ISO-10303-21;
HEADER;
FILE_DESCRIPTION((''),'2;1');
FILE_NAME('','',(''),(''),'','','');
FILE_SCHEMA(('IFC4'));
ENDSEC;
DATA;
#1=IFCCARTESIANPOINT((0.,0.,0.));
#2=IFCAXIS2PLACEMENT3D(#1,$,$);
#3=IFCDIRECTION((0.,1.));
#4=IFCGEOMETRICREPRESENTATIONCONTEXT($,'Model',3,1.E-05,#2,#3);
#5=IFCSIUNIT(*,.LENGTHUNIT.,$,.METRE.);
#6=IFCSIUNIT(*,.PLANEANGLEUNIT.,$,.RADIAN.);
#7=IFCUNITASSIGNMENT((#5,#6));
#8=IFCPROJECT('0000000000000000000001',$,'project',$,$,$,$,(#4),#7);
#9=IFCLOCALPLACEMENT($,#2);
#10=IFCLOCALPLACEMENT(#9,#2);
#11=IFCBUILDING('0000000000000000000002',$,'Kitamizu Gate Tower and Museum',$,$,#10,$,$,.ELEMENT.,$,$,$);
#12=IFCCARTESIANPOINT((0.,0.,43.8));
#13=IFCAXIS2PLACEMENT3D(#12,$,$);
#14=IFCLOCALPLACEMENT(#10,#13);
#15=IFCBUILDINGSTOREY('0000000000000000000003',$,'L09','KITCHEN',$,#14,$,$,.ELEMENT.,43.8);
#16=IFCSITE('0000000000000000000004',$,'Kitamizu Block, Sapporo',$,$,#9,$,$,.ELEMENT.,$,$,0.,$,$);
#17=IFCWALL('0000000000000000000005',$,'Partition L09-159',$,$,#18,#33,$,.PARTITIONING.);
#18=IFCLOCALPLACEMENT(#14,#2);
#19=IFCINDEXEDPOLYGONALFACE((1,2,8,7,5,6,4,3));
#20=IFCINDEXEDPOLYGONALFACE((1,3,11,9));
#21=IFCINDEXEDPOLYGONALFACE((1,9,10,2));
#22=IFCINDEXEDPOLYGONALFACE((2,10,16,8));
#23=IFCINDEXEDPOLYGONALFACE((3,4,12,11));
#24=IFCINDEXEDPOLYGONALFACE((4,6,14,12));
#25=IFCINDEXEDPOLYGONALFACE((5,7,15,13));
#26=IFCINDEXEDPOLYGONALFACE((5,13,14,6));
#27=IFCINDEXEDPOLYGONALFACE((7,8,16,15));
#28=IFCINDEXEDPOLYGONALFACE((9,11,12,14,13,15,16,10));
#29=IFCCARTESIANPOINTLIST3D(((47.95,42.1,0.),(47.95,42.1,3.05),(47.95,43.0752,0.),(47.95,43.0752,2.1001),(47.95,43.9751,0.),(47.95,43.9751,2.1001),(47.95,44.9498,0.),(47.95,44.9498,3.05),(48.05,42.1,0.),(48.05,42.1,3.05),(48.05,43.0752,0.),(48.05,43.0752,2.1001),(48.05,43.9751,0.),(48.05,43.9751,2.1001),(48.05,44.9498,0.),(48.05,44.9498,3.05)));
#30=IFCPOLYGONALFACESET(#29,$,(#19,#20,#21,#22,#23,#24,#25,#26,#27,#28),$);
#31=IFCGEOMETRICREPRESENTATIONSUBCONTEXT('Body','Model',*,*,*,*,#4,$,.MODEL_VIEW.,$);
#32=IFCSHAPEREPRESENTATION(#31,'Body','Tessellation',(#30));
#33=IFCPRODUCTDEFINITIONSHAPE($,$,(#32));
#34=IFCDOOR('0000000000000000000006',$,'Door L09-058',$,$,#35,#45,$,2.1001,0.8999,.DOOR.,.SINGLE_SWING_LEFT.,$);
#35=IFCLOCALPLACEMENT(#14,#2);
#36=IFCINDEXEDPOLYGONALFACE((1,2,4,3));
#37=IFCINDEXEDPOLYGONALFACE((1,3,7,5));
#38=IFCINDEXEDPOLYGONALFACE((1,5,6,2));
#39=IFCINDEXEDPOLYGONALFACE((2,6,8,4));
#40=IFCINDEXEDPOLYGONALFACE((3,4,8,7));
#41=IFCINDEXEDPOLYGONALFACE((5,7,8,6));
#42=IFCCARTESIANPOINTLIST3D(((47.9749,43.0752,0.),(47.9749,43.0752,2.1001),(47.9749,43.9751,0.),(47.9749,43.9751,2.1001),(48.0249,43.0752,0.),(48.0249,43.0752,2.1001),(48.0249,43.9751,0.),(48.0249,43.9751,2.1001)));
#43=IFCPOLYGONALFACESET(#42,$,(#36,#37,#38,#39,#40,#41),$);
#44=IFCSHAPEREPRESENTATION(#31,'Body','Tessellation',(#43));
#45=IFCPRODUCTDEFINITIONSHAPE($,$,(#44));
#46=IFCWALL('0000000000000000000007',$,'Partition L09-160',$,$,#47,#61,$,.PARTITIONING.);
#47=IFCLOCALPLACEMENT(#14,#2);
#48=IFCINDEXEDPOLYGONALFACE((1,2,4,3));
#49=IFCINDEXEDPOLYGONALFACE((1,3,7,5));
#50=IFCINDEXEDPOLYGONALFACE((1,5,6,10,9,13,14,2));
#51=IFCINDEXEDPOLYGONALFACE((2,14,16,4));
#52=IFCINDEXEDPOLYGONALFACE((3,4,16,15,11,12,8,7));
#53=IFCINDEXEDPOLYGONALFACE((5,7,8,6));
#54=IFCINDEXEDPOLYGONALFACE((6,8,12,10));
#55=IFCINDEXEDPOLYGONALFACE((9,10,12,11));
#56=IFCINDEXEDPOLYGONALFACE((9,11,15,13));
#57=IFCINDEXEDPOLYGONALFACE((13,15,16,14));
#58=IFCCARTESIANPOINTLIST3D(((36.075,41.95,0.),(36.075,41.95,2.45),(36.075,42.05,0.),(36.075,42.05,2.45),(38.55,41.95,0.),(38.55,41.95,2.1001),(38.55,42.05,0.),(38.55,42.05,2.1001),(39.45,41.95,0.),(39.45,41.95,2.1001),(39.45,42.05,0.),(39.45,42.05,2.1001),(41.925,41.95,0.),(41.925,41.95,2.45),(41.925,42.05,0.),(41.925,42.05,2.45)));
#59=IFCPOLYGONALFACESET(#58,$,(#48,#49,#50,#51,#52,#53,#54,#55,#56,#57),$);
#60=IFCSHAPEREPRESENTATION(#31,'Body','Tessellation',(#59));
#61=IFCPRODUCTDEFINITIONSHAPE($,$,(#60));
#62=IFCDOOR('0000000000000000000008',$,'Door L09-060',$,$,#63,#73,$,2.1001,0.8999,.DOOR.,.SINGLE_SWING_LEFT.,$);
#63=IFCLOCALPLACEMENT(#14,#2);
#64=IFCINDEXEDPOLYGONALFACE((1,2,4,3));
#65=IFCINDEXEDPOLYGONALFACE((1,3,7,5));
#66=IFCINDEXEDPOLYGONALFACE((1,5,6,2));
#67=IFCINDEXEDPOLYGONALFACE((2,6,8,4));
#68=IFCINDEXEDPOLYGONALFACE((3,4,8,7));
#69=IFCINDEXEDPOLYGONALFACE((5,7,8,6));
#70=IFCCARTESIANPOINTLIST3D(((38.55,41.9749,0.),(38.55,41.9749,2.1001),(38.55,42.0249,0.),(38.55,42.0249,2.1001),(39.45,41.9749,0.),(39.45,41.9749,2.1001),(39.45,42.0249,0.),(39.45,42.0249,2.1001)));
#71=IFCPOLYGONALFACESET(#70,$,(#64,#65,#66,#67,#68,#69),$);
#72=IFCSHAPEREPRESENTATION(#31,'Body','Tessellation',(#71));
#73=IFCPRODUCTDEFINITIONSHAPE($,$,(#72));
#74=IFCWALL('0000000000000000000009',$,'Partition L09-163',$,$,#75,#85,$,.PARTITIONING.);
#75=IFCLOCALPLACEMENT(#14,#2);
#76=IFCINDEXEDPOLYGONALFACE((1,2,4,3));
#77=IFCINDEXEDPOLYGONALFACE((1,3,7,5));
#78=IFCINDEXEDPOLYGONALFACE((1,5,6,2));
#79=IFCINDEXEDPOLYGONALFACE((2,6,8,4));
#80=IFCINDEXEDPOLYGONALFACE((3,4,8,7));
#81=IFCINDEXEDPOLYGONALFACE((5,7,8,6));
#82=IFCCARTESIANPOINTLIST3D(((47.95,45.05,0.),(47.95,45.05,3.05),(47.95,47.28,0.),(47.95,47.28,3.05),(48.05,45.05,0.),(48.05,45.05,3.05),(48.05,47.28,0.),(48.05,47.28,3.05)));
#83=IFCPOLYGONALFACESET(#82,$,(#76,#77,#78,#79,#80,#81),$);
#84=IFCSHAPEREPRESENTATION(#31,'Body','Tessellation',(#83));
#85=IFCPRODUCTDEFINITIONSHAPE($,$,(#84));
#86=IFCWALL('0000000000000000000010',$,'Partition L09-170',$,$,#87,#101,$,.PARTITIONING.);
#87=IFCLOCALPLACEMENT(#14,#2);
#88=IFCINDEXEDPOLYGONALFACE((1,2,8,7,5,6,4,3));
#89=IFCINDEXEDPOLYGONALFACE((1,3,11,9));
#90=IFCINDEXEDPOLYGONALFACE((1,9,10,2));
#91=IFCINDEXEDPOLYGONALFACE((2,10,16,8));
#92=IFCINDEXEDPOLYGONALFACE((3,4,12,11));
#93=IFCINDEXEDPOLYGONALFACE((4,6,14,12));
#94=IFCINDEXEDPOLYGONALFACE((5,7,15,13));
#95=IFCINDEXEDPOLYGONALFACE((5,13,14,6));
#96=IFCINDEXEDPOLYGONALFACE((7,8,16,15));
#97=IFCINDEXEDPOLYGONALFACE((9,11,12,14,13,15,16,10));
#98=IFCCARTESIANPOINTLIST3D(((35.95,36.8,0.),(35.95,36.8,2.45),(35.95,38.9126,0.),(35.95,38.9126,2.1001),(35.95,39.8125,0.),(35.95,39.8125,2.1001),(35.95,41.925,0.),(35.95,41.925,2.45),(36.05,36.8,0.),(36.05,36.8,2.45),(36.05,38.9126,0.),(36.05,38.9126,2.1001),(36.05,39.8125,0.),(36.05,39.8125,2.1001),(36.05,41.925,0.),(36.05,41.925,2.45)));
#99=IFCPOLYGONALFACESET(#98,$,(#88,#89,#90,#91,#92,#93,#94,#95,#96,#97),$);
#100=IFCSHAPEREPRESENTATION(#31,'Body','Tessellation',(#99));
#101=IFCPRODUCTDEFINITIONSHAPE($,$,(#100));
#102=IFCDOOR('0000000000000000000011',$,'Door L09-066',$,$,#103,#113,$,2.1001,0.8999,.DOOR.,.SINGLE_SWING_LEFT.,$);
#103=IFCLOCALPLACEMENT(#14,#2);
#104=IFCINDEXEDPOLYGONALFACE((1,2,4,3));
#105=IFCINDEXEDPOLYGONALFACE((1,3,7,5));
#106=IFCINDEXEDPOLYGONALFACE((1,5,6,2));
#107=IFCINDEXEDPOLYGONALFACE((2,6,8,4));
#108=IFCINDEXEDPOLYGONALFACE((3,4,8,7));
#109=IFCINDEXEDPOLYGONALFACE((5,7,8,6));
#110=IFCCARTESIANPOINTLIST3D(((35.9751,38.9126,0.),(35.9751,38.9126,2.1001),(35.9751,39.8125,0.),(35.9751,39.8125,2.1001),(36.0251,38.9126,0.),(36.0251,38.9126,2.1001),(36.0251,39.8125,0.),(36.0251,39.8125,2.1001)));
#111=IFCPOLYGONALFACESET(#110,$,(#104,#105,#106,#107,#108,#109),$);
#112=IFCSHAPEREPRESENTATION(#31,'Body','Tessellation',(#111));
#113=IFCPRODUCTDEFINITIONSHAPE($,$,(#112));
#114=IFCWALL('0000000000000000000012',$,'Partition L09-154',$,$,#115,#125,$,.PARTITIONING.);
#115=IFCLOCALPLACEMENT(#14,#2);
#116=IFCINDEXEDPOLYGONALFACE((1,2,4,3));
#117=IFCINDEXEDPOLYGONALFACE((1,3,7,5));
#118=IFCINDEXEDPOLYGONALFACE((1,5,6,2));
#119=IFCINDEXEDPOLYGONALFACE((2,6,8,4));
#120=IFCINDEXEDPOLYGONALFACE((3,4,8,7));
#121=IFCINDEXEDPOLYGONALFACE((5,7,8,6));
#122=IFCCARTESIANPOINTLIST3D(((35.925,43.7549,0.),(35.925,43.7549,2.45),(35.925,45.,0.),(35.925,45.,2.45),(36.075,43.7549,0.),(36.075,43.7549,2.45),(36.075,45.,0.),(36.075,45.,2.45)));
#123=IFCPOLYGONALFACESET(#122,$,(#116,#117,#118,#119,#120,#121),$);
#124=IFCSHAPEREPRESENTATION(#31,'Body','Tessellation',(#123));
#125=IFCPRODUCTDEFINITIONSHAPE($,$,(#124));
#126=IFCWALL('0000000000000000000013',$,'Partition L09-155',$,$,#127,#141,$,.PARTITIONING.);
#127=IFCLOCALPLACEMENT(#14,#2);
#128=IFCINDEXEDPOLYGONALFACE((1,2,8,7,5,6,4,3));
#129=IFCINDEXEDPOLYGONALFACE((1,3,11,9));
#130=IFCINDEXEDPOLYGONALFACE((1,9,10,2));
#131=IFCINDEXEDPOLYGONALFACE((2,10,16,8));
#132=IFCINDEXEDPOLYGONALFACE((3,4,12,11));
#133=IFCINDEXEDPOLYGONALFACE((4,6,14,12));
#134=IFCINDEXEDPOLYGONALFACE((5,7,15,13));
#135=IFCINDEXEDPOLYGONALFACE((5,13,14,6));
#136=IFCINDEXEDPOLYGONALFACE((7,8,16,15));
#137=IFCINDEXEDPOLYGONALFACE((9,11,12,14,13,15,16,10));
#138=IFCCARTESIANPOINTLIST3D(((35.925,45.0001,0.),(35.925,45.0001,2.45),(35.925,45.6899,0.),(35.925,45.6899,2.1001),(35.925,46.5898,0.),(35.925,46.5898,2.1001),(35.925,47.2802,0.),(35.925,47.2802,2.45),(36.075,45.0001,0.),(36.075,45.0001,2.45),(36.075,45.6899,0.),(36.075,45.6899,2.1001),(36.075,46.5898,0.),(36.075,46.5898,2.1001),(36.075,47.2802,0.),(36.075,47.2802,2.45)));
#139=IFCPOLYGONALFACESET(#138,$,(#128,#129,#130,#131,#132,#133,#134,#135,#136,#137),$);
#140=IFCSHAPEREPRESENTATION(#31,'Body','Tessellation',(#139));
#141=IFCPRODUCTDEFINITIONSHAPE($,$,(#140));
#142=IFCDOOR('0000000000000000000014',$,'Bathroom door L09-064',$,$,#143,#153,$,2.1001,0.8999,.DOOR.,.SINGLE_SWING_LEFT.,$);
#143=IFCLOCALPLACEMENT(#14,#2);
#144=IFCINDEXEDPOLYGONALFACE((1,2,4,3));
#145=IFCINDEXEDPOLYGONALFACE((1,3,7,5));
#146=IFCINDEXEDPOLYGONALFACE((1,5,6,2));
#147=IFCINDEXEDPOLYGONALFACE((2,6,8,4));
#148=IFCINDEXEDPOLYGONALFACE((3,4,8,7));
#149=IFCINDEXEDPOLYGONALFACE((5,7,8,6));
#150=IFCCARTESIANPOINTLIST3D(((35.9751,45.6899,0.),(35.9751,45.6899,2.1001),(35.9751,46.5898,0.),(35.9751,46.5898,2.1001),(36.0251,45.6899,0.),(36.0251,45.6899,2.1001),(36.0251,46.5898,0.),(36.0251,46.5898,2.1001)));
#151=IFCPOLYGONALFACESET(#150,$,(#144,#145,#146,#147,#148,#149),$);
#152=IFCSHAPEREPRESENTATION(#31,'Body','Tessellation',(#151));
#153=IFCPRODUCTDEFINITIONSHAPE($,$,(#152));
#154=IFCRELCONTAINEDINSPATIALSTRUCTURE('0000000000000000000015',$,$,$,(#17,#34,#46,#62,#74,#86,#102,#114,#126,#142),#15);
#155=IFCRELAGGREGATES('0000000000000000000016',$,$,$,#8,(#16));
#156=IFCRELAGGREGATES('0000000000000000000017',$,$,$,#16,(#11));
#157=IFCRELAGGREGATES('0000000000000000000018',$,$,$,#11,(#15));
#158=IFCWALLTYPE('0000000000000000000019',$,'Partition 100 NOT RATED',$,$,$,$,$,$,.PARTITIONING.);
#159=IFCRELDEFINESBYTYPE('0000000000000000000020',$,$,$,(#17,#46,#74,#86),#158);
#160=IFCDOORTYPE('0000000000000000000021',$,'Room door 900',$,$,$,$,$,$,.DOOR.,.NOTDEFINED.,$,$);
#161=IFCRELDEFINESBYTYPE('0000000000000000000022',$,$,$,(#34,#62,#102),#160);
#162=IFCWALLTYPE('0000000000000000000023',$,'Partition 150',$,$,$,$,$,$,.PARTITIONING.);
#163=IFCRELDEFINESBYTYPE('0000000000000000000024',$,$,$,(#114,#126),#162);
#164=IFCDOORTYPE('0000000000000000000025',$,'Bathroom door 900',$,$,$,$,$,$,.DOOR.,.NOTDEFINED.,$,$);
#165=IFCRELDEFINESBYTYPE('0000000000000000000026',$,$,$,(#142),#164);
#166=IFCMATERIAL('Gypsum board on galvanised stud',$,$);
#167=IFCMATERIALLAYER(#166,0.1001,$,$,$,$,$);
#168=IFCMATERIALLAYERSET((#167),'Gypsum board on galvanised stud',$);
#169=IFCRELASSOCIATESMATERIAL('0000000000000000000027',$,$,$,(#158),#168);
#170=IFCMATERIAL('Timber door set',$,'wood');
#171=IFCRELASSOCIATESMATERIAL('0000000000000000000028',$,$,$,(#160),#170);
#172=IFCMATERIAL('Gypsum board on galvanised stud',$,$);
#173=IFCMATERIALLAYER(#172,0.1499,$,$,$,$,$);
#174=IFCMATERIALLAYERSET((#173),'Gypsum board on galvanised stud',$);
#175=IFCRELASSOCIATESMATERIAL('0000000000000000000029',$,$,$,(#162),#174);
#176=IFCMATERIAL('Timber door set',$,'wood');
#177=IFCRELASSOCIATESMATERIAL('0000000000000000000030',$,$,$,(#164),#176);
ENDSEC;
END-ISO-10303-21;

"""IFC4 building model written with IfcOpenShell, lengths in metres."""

from ifc_helpers import new_model, si_unit, direction, frame, frame_2d, origin, place, context, subcontext, project, spatial, rectangle, extrude, material, layer, layer_set, type_object, element, fill, save


model = new_model("IFC4")

# Units and contexts
model_context = context("Model", 3, precision=1e-05, world=origin(), true_north=direction((0.0, 1.0)))
body_context = subcontext(model_context, "Body", "Model", "MODEL_VIEW")
ifc_project = project(units=[si_unit("LENGTHUNIT", "METRE"), si_unit("PLANEANGLEUNIT", "RADIAN")], contexts=[model_context])

# Site, building, storey
site_placement = place(None, origin())
site = spatial("IfcSite", under=ifc_project, at=site_placement, Name="Kitamizu Block, Sapporo", CompositionType="ELEMENT", RefElevation=0.0)
building_placement = place(site_placement, origin())
building = spatial("IfcBuilding", under=site, at=building_placement, Name="Kitamizu Gate Tower and Museum", CompositionType="ELEMENT")
storey_placement = place(building_placement, frame((0.0, 0.0, 43.8)))
storey = spatial("IfcBuildingStorey", under=building, at=storey_placement, Name="L09", Description="KITCHEN", CompositionType="ELEMENT", Elevation=43.8)

# Walls, openings, doors
ifc_material_1 = material(Name="Gypsum board on galvanised stud")
ifc_layer_1 = layer(ifc_material_1, 0.1001)
ifc_layer_set_1 = layer_set([ifc_layer_1], Name="Gypsum board on galvanised stud")
wall_type_1 = type_object("IfcWallType", Name="Partition 100 NOT RATED", PredefinedType="PARTITIONING", material=ifc_layer_set_1)
ifc_material_2 = material(Name="Timber door set", Category="wood")
door_type_1 = type_object("IfcDoorType", Name="Room door 900", OperationType="NOTDEFINED", PredefinedType="DOOR", material=ifc_material_2)
wall_1_placement = place(storey_placement, frame((48.0, 42.1001, 0.0), z_axis=(0.0, 0.0, 1.0), x_axis=(0.0, 1.0, 0.0)))
wall_1 = element("IfcWall", 1, at=wall_1_placement, inside=storey, type_object=wall_type_1, Name="Partition L09-159", PredefinedType="PARTITIONING", context=body_context, shape_type="SweptSolid", body=[
    extrude(rectangle(XDim=2.8499, YDim=0.1001, at=frame_2d((1.4248, 0.0))), origin(), (0.0, 0.0, 1.0), 3.05),
])
opening_1_placement = place(wall_1_placement, frame((0.9751, 0.0, 0.0)))
opening_1 = element("IfcOpeningElement", 2, at=opening_1_placement, cuts=wall_1, PredefinedType="OPENING", context=body_context, shape_type="SweptSolid", body=[
    extrude(rectangle(XDim=0.8999, YDim=2.1001, at=frame_2d((0.45, 1.05))), frame((0.0, 0.0601, 0.0), z_axis=(0.0, -1.0, 0.0), x_axis=(1.0, 0.0, 0.0)), (0.0, 0.0, 1.0), 0.1201),
])
door_1_placement = place(opening_1_placement, frame((0.8999, 0.0, 0.0), x_axis=(-1.0, 0.0, 0.0)))
door_1 = element("IfcDoor", 3, at=door_1_placement, inside=storey, type_object=door_type_1, Name="Door L09-058", OperationType="SINGLE_SWING_LEFT", OverallHeight=2.1001, OverallWidth=0.8999, PredefinedType="DOOR", context=body_context, shape_type="SweptSolid", body=[
    extrude(rectangle(XDim=0.8999, YDim=2.1001, at=frame_2d((0.45, 1.05))), frame((0.0, 0.0249, 0.0), z_axis=(0.0, -1.0, 0.0), x_axis=(1.0, 0.0, 0.0)), (0.0, 0.0, 1.0), 0.05),
])
fill(opening_1, door_1)
wall_2_placement = place(storey_placement, frame((36.075, 42.0, 0.0), z_axis=(0.0, 0.0, 1.0), x_axis=(1.0, 0.0, 0.0)))
wall_2 = element("IfcWall", 4, at=wall_2_placement, inside=storey, type_object=wall_type_1, Name="Partition L09-160", PredefinedType="PARTITIONING", context=body_context, shape_type="SweptSolid", body=[
    extrude(rectangle(XDim=5.8501, YDim=0.1001, at=frame_2d((2.925, 0.0))), origin(), (0.0, 0.0, 1.0), 2.45),
])
opening_2_placement = place(wall_2_placement, frame((2.4751, 0.0, 0.0)))
opening_2 = element("IfcOpeningElement", 5, at=opening_2_placement, cuts=wall_2, PredefinedType="OPENING", context=body_context, shape_type="SweptSolid", body=[
    extrude(rectangle(XDim=0.8999, YDim=2.1001, at=frame_2d((0.45, 1.05))), frame((0.0, 0.0601, 0.0), z_axis=(0.0, -1.0, 0.0), x_axis=(1.0, 0.0, 0.0)), (0.0, 0.0, 1.0), 0.1201),
])
door_2_placement = place(opening_2_placement, origin())
door_2 = element("IfcDoor", 6, at=door_2_placement, inside=storey, type_object=door_type_1, Name="Door L09-060", OperationType="SINGLE_SWING_LEFT", OverallHeight=2.1001, OverallWidth=0.8999, PredefinedType="DOOR", context=body_context, shape_type="SweptSolid", body=[
    extrude(rectangle(XDim=0.8999, YDim=2.1001, at=frame_2d((0.45, 1.05))), frame((0.0, 0.0249, 0.0), z_axis=(0.0, -1.0, 0.0), x_axis=(1.0, 0.0, 0.0)), (0.0, 0.0, 1.0), 0.05),
])
fill(opening_2, door_2)

# Wall
wall_3_placement = place(storey_placement, frame((48.0, 45.05, 0.0), z_axis=(0.0, 0.0, 1.0), x_axis=(0.0, 1.0, 0.0)))
element("IfcWall", 7, at=wall_3_placement, inside=storey, type_object=wall_type_1, Name="Partition L09-163", PredefinedType="PARTITIONING", context=body_context, shape_type="SweptSolid", body=[
    extrude(rectangle(XDim=2.23, YDim=0.1001, at=frame_2d((1.115, 0.0))), origin(), (0.0, 0.0, 1.0), 3.05),
])

# Wall, opening, door
wall_4_placement = place(storey_placement, frame((36.0, 36.8, 0.0), z_axis=(0.0, 0.0, 1.0), x_axis=(0.0, 1.0, 0.0)))
wall_4 = element("IfcWall", 8, at=wall_4_placement, inside=storey, type_object=wall_type_1, Name="Partition L09-170", PredefinedType="PARTITIONING", context=body_context, shape_type="SweptSolid", body=[
    extrude(rectangle(XDim=5.125, YDim=0.1001, at=frame_2d((2.5625, 0.0))), origin(), (0.0, 0.0, 1.0), 2.45),
])
opening_3_placement = place(wall_4_placement, frame((2.1125, 0.0, 0.0)))
opening_3 = element("IfcOpeningElement", 9, at=opening_3_placement, cuts=wall_4, PredefinedType="OPENING", context=body_context, shape_type="SweptSolid", body=[
    extrude(rectangle(XDim=0.8999, YDim=2.1001, at=frame_2d((0.45, 1.05))), frame((0.0, 0.0601, 0.0), z_axis=(0.0, -1.0, 0.0), x_axis=(1.0, 0.0, 0.0)), (0.0, 0.0, 1.0), 0.1201),
])
door_3_placement = place(opening_3_placement, origin())
door_3 = element("IfcDoor", 10, at=door_3_placement, inside=storey, type_object=door_type_1, Name="Door L09-066", OperationType="SINGLE_SWING_LEFT", OverallHeight=2.1001, OverallWidth=0.8999, PredefinedType="DOOR", context=body_context, shape_type="SweptSolid", body=[
    extrude(rectangle(XDim=0.8999, YDim=2.1001, at=frame_2d((0.45, 1.05))), frame((0.0, 0.0249, 0.0), z_axis=(0.0, -1.0, 0.0), x_axis=(1.0, 0.0, 0.0)), (0.0, 0.0, 1.0), 0.05),
])
fill(opening_3, door_3)

# Wall
ifc_material_3 = material(Name="Gypsum board on galvanised stud")
ifc_layer_2 = layer(ifc_material_3, 0.1499)
ifc_layer_set_2 = layer_set([ifc_layer_2], Name="Gypsum board on galvanised stud")
wall_type_2 = type_object("IfcWallType", Name="Partition 150", PredefinedType="PARTITIONING", material=ifc_layer_set_2)
wall_5_placement = place(storey_placement, frame((36.0, 43.7549, 0.0), z_axis=(0.0, 0.0, 1.0), x_axis=(0.0, 1.0, 0.0)))
element("IfcWall", 11, at=wall_5_placement, inside=storey, type_object=wall_type_2, Name="Partition L09-154", PredefinedType="PARTITIONING", context=body_context, shape_type="SweptSolid", body=[
    extrude(rectangle(XDim=1.2451, YDim=0.1499, at=frame_2d((0.6226, 0.0))), origin(), (0.0, 0.0, 1.0), 2.45),
])

# Wall, opening, door
wall_6_placement = place(storey_placement, frame((36.0, 45.0, 0.0), z_axis=(0.0, 0.0, 1.0), x_axis=(0.0, 1.0, 0.0)))
wall_6 = element("IfcWall", 12, at=wall_6_placement, inside=storey, type_object=wall_type_2, Name="Partition L09-155", PredefinedType="PARTITIONING", context=body_context, shape_type="SweptSolid", body=[
    extrude(rectangle(XDim=2.28, YDim=0.1499, at=frame_2d((1.1401, 0.0))), origin(), (0.0, 0.0, 1.0), 2.45),
])
opening_4_placement = place(wall_6_placement, frame((0.6899, 0.0, 0.0)))
opening_4 = element("IfcOpeningElement", 13, at=opening_4_placement, cuts=wall_6, PredefinedType="OPENING", context=body_context, shape_type="SweptSolid", body=[
    extrude(rectangle(XDim=0.8999, YDim=2.1001, at=frame_2d((0.45, 1.05))), frame((0.0, 0.085, 0.0), z_axis=(0.0, -1.0, 0.0), x_axis=(1.0, 0.0, 0.0)), (0.0, 0.0, 1.0), 0.1699),
])
ifc_material_4 = material(Name="Timber door set", Category="wood")
door_type_2 = type_object("IfcDoorType", Name="Bathroom door 900", OperationType="NOTDEFINED", PredefinedType="DOOR", material=ifc_material_4)
door_4_placement = place(opening_4_placement, origin())
door_4 = element("IfcDoor", 14, at=door_4_placement, inside=storey, type_object=door_type_2, Name="Bathroom door L09-064", OperationType="SINGLE_SWING_LEFT", OverallHeight=2.1001, OverallWidth=0.8999, PredefinedType="DOOR", context=body_context, shape_type="SweptSolid", body=[
    extrude(rectangle(XDim=0.8999, YDim=2.1001, at=frame_2d((0.45, 1.05))), frame((0.0, 0.0249, 0.0), z_axis=(0.0, -1.0, 0.0), x_axis=(1.0, 0.0, 0.0)), (0.0, 0.0, 1.0), 0.05),
])
fill(opening_4, door_4)

save(model, "model.ifc")
